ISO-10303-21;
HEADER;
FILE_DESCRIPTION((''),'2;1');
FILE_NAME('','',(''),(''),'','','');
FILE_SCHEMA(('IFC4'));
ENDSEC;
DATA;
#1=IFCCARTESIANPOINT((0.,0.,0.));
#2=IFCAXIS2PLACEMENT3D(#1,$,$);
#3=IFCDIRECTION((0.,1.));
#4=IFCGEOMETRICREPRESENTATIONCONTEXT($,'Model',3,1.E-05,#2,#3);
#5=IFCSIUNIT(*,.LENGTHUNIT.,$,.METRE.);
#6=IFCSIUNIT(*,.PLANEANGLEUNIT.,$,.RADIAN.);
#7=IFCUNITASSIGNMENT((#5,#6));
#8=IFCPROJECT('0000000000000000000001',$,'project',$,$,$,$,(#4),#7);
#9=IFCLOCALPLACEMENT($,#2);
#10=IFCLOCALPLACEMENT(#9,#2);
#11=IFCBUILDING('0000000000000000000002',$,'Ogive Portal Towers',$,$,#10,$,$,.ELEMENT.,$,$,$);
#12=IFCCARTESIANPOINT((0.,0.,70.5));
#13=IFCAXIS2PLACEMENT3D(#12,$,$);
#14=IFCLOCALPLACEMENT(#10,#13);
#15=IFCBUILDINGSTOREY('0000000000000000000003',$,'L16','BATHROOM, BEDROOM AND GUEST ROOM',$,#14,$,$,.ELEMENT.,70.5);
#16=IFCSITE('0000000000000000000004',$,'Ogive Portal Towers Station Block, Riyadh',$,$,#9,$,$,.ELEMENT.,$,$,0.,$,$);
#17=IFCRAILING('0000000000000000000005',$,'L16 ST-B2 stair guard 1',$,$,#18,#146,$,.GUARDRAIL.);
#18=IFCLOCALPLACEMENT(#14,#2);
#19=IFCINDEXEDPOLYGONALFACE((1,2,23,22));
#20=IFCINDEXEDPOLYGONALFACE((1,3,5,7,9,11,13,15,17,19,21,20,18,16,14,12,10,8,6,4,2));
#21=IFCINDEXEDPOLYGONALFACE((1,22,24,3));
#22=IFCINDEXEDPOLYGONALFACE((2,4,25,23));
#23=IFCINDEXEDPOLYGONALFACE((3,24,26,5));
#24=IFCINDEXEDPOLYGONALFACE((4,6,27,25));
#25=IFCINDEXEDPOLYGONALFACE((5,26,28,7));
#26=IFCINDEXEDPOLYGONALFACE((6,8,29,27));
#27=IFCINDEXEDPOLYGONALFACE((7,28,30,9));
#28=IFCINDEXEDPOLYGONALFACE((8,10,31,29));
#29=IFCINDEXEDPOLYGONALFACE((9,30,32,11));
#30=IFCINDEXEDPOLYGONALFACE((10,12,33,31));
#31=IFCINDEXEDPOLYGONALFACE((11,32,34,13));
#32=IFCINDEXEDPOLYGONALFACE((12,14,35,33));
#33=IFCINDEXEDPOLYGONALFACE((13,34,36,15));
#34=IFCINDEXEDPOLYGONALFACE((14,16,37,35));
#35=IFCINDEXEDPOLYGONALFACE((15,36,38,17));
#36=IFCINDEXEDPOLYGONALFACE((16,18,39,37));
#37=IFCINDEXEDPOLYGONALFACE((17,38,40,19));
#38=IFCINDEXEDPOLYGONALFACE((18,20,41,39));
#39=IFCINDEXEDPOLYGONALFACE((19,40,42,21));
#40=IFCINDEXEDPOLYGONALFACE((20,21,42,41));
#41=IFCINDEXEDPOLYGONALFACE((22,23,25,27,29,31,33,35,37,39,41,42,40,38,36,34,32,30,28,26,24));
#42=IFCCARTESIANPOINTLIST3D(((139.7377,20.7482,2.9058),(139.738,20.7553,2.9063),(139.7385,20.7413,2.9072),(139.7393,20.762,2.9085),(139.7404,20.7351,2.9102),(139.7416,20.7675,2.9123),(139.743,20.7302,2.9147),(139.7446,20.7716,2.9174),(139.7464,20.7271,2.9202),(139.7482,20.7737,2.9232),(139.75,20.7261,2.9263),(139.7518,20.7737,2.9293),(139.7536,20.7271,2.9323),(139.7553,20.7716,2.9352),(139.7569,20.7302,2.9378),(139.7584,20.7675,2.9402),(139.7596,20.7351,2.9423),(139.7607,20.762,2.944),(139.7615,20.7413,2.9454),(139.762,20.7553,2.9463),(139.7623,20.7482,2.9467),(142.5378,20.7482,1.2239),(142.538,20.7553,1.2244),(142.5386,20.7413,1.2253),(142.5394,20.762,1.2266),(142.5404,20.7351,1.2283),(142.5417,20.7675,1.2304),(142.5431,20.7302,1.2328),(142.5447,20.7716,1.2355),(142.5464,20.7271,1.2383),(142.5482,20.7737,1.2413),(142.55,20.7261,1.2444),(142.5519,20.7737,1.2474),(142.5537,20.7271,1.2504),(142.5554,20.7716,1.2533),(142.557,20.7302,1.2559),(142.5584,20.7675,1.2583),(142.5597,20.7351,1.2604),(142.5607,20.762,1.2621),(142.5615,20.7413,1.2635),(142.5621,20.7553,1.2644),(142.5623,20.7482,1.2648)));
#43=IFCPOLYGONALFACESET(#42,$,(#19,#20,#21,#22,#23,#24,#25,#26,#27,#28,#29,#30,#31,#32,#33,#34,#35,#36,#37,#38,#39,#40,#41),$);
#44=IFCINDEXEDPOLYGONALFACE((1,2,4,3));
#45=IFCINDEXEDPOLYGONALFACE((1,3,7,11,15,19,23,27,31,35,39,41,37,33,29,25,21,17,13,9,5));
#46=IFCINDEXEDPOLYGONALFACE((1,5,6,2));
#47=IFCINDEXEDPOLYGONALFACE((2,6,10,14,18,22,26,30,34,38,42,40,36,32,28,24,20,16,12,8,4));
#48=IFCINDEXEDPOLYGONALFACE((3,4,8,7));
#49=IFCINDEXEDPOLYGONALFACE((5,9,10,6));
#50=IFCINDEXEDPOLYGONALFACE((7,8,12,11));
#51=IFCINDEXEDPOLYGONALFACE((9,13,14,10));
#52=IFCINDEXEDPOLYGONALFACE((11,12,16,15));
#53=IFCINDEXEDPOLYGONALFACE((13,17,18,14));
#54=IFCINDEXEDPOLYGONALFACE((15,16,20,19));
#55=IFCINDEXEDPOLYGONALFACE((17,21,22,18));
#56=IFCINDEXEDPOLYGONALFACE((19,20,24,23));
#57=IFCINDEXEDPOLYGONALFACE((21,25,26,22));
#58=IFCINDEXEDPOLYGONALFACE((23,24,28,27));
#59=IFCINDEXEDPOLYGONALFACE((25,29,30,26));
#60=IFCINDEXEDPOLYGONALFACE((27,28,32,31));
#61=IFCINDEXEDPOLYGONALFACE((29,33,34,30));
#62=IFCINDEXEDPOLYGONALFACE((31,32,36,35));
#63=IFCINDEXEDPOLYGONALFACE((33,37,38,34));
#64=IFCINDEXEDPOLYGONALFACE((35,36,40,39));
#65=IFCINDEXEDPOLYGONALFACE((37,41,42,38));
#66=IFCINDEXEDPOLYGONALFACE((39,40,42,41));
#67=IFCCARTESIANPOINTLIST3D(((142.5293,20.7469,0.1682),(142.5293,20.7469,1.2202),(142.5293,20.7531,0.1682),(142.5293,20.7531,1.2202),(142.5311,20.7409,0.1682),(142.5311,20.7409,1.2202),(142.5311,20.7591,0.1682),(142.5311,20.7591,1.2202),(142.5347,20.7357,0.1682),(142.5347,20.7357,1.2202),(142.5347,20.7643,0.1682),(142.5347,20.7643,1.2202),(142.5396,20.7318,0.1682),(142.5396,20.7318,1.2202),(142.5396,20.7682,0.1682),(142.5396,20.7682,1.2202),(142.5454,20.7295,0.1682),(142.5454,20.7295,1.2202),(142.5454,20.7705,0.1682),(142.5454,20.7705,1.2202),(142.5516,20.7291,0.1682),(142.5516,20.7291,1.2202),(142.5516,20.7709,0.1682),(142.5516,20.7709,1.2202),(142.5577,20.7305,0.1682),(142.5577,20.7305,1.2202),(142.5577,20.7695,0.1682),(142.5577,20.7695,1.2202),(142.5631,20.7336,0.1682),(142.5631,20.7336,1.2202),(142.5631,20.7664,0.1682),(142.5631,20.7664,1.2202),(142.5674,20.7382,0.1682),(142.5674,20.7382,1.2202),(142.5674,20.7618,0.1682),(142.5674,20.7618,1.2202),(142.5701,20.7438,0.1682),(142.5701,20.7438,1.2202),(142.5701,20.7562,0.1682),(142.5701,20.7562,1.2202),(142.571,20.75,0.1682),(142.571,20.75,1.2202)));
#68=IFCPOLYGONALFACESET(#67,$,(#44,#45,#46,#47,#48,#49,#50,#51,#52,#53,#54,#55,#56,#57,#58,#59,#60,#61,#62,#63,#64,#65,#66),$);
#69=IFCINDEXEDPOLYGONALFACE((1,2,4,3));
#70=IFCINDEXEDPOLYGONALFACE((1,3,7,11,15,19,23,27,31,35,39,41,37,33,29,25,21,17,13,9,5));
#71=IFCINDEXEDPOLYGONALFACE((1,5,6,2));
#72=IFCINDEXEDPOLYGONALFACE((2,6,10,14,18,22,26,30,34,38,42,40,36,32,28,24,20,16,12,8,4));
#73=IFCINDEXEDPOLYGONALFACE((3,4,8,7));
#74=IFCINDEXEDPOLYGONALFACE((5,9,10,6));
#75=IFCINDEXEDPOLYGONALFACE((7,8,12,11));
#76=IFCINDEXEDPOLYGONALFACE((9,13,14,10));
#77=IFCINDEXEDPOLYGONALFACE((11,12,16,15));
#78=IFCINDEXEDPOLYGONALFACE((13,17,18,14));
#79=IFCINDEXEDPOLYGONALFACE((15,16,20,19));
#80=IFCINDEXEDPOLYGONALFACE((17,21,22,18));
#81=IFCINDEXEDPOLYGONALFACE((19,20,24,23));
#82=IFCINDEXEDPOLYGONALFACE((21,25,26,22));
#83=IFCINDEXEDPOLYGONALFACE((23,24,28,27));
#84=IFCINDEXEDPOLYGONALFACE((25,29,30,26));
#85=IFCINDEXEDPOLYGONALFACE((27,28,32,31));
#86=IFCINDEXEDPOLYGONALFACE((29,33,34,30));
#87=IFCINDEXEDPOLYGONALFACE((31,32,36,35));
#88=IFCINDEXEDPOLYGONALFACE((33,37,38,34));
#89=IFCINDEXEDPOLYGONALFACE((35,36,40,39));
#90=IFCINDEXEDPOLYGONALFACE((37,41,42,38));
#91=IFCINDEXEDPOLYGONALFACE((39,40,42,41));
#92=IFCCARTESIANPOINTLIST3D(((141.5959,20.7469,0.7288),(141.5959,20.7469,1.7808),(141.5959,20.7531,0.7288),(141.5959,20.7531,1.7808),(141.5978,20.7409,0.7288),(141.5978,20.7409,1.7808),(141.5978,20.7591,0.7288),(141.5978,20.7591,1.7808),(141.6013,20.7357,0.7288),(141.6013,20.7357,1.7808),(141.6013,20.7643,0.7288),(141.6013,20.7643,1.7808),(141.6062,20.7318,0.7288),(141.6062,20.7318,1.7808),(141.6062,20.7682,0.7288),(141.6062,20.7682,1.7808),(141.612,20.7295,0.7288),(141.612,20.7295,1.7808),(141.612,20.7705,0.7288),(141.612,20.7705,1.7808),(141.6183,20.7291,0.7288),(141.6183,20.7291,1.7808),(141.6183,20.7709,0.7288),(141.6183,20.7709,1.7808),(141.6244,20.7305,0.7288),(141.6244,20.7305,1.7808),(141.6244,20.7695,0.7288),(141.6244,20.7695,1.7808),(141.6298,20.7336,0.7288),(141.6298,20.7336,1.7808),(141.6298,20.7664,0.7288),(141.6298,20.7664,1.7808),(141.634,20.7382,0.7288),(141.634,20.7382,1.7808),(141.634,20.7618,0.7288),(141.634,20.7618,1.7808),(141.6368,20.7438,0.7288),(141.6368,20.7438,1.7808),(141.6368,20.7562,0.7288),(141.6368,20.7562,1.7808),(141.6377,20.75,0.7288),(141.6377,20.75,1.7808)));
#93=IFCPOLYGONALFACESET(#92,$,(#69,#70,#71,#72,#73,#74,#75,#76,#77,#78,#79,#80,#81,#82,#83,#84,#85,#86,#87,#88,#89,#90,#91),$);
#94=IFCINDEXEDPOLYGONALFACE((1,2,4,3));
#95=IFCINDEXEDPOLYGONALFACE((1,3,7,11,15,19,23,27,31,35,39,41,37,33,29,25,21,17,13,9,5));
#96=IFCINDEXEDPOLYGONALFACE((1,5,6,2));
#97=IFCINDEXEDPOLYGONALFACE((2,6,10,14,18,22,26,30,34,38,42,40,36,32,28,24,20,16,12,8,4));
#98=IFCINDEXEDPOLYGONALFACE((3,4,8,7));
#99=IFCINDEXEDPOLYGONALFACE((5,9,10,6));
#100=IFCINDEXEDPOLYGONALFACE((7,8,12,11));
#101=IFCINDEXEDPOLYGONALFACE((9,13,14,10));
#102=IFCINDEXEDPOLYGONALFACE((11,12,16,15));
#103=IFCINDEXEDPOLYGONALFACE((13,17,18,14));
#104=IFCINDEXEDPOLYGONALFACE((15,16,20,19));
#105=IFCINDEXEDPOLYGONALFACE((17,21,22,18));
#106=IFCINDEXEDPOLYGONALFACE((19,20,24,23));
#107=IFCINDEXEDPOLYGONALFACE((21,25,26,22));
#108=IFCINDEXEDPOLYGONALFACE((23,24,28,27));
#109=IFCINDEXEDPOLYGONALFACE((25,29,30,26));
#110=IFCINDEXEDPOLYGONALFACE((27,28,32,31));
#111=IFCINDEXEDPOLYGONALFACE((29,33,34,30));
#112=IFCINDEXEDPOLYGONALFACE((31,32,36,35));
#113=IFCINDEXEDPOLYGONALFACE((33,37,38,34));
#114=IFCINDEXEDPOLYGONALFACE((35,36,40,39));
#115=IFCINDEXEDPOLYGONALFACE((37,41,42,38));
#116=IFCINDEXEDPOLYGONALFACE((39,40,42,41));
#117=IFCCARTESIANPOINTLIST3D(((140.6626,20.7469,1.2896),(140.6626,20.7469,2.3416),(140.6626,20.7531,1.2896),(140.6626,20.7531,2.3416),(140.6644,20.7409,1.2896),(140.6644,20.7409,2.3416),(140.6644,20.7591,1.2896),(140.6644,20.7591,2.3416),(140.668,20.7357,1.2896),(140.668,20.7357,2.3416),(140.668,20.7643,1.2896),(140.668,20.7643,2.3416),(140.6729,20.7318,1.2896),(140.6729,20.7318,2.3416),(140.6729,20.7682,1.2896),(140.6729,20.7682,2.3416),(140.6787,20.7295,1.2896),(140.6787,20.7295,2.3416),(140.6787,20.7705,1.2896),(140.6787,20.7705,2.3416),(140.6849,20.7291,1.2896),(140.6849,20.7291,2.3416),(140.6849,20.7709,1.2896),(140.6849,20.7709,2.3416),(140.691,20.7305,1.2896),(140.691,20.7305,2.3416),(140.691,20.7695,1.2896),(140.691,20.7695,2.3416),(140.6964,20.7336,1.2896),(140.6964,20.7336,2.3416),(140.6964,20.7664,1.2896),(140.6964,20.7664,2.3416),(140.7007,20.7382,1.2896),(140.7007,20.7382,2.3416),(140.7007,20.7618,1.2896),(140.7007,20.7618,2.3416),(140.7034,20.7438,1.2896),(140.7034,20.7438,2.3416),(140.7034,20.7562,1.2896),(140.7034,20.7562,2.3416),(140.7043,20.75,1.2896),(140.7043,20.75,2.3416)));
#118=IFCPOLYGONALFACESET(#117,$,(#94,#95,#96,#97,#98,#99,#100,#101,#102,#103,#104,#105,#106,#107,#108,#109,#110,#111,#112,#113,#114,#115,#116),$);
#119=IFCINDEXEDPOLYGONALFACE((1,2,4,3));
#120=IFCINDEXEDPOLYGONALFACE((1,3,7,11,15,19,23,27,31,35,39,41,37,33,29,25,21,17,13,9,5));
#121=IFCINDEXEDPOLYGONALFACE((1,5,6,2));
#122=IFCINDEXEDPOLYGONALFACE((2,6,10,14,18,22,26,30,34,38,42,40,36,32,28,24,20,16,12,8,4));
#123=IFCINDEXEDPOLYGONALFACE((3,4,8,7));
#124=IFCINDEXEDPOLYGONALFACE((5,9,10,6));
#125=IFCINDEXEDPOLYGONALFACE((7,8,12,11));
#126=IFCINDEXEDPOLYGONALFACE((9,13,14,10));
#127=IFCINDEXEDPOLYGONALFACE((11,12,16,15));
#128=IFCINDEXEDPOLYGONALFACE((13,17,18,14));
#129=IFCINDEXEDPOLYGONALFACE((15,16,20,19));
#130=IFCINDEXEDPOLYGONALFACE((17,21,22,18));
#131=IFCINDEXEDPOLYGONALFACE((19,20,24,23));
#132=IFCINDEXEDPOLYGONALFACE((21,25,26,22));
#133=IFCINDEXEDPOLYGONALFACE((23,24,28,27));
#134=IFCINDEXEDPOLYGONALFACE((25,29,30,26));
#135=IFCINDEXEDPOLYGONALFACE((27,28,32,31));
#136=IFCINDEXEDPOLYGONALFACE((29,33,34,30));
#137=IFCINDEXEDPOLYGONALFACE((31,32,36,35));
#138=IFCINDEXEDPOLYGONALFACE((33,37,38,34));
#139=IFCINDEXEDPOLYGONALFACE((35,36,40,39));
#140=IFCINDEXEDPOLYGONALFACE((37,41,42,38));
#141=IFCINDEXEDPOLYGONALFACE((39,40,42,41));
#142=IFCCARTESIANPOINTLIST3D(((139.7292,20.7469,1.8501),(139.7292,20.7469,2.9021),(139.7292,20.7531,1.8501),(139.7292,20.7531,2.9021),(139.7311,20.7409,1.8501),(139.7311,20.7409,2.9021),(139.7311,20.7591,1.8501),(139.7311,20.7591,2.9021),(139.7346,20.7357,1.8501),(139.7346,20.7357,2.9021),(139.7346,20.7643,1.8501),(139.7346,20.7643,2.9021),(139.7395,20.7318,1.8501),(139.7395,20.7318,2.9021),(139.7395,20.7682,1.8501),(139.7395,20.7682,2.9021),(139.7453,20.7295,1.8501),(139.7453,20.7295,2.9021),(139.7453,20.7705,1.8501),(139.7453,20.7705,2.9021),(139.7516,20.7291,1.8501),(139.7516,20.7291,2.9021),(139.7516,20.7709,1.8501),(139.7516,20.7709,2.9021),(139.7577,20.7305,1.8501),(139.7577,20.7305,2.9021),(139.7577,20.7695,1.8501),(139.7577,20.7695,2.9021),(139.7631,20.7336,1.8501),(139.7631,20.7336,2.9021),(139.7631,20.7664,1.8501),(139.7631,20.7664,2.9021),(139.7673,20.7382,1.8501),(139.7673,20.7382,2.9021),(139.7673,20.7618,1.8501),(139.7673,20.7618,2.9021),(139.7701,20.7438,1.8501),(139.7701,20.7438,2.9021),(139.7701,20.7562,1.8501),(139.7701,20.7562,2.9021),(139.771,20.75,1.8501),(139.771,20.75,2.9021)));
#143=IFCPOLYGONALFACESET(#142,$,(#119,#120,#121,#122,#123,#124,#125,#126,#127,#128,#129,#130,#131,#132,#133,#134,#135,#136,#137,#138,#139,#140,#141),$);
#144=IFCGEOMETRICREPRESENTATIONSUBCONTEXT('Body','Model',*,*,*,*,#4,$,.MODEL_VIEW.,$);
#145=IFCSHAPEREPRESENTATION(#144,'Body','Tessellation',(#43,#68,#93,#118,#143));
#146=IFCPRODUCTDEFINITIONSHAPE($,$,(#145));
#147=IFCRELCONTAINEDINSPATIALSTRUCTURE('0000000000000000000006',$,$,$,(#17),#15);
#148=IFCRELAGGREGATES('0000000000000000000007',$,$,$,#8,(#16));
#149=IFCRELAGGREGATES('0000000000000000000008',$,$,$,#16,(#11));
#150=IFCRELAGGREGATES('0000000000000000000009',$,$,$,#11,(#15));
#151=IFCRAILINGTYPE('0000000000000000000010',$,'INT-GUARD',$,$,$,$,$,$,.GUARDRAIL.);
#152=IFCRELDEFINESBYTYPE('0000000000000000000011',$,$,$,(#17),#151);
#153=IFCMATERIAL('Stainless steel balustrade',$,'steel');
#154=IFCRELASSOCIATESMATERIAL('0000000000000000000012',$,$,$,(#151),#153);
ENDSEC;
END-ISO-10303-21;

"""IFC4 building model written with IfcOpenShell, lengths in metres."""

from ifc_helpers import new_model, si_unit, direction, frame, origin, origin_2d, place, context, subcontext, project, spatial, circle, extrude, material, type_object, element, save


model = new_model("IFC4")

# Units and contexts
model_context = context("Model", 3, precision=1e-05, world=origin(), true_north=direction((0.0, 1.0)))
body_context = subcontext(model_context, "Body", "Model", "MODEL_VIEW")
ifc_project = project(units=[si_unit("LENGTHUNIT", "METRE"), si_unit("PLANEANGLEUNIT", "RADIAN")], contexts=[model_context])

# Site, building, storey
site_placement = place(None, origin())
site = spatial("IfcSite", under=ifc_project, at=site_placement, Name="Ogive Portal Towers Station Block, Riyadh", CompositionType="ELEMENT", RefElevation=0.0)
building_placement = place(site_placement, origin())
building = spatial("IfcBuilding", under=site, at=building_placement, Name="Ogive Portal Towers", CompositionType="ELEMENT")
storey_placement = place(building_placement, frame((0.0, 0.0, 70.5)))
storey = spatial("IfcBuildingStorey", under=building, at=storey_placement, Name="L16", Description="BATHROOM, BEDROOM AND GUEST ROOM", CompositionType="ELEMENT", Elevation=70.5)

# Railing
ifc_material_1 = material(Name="Stainless steel balustrade", Category="steel")
railing_type_1 = type_object("IfcRailingType", Name="INT-GUARD", PredefinedType="GUARDRAIL", material=ifc_material_1)
railing_1_placement = place(storey_placement, frame((142.55, 20.75, 0.1682)))
element("IfcRailing", 1, at=railing_1_placement, inside=storey, type_object=railing_type_1, Name="L16 ST-B2 stair guard 1", PredefinedType="GUARDRAIL", context=body_context, shape_type="SweptSolid", body=[
    extrude(circle(Radius=0.0239, at=origin_2d()), frame((0.0, 0.0, 1.0762), z_axis=(-0.857242, 0.0, 0.514913), x_axis=(0.0, -1.0, 0.0)), (0.0, 0.0, 1.0), 3.2664),
    extrude(circle(Radius=0.021, at=origin_2d()), origin(), (0.0, 0.0, 1.0), 1.052),
    extrude(circle(Radius=0.021, at=origin_2d()), frame((-0.9333, 0.0, 0.5605)), (0.0, 0.0, 1.0), 1.052),
    extrude(circle(Radius=0.021, at=origin_2d()), frame((-1.8667, 0.0, 1.1213)), (0.0, 0.0, 1.0), 1.052),
    extrude(circle(Radius=0.021, at=origin_2d()), frame((-2.8, 0.0, 1.6819)), (0.0, 0.0, 1.0), 1.052),
])

save(model, "model.ifc")
